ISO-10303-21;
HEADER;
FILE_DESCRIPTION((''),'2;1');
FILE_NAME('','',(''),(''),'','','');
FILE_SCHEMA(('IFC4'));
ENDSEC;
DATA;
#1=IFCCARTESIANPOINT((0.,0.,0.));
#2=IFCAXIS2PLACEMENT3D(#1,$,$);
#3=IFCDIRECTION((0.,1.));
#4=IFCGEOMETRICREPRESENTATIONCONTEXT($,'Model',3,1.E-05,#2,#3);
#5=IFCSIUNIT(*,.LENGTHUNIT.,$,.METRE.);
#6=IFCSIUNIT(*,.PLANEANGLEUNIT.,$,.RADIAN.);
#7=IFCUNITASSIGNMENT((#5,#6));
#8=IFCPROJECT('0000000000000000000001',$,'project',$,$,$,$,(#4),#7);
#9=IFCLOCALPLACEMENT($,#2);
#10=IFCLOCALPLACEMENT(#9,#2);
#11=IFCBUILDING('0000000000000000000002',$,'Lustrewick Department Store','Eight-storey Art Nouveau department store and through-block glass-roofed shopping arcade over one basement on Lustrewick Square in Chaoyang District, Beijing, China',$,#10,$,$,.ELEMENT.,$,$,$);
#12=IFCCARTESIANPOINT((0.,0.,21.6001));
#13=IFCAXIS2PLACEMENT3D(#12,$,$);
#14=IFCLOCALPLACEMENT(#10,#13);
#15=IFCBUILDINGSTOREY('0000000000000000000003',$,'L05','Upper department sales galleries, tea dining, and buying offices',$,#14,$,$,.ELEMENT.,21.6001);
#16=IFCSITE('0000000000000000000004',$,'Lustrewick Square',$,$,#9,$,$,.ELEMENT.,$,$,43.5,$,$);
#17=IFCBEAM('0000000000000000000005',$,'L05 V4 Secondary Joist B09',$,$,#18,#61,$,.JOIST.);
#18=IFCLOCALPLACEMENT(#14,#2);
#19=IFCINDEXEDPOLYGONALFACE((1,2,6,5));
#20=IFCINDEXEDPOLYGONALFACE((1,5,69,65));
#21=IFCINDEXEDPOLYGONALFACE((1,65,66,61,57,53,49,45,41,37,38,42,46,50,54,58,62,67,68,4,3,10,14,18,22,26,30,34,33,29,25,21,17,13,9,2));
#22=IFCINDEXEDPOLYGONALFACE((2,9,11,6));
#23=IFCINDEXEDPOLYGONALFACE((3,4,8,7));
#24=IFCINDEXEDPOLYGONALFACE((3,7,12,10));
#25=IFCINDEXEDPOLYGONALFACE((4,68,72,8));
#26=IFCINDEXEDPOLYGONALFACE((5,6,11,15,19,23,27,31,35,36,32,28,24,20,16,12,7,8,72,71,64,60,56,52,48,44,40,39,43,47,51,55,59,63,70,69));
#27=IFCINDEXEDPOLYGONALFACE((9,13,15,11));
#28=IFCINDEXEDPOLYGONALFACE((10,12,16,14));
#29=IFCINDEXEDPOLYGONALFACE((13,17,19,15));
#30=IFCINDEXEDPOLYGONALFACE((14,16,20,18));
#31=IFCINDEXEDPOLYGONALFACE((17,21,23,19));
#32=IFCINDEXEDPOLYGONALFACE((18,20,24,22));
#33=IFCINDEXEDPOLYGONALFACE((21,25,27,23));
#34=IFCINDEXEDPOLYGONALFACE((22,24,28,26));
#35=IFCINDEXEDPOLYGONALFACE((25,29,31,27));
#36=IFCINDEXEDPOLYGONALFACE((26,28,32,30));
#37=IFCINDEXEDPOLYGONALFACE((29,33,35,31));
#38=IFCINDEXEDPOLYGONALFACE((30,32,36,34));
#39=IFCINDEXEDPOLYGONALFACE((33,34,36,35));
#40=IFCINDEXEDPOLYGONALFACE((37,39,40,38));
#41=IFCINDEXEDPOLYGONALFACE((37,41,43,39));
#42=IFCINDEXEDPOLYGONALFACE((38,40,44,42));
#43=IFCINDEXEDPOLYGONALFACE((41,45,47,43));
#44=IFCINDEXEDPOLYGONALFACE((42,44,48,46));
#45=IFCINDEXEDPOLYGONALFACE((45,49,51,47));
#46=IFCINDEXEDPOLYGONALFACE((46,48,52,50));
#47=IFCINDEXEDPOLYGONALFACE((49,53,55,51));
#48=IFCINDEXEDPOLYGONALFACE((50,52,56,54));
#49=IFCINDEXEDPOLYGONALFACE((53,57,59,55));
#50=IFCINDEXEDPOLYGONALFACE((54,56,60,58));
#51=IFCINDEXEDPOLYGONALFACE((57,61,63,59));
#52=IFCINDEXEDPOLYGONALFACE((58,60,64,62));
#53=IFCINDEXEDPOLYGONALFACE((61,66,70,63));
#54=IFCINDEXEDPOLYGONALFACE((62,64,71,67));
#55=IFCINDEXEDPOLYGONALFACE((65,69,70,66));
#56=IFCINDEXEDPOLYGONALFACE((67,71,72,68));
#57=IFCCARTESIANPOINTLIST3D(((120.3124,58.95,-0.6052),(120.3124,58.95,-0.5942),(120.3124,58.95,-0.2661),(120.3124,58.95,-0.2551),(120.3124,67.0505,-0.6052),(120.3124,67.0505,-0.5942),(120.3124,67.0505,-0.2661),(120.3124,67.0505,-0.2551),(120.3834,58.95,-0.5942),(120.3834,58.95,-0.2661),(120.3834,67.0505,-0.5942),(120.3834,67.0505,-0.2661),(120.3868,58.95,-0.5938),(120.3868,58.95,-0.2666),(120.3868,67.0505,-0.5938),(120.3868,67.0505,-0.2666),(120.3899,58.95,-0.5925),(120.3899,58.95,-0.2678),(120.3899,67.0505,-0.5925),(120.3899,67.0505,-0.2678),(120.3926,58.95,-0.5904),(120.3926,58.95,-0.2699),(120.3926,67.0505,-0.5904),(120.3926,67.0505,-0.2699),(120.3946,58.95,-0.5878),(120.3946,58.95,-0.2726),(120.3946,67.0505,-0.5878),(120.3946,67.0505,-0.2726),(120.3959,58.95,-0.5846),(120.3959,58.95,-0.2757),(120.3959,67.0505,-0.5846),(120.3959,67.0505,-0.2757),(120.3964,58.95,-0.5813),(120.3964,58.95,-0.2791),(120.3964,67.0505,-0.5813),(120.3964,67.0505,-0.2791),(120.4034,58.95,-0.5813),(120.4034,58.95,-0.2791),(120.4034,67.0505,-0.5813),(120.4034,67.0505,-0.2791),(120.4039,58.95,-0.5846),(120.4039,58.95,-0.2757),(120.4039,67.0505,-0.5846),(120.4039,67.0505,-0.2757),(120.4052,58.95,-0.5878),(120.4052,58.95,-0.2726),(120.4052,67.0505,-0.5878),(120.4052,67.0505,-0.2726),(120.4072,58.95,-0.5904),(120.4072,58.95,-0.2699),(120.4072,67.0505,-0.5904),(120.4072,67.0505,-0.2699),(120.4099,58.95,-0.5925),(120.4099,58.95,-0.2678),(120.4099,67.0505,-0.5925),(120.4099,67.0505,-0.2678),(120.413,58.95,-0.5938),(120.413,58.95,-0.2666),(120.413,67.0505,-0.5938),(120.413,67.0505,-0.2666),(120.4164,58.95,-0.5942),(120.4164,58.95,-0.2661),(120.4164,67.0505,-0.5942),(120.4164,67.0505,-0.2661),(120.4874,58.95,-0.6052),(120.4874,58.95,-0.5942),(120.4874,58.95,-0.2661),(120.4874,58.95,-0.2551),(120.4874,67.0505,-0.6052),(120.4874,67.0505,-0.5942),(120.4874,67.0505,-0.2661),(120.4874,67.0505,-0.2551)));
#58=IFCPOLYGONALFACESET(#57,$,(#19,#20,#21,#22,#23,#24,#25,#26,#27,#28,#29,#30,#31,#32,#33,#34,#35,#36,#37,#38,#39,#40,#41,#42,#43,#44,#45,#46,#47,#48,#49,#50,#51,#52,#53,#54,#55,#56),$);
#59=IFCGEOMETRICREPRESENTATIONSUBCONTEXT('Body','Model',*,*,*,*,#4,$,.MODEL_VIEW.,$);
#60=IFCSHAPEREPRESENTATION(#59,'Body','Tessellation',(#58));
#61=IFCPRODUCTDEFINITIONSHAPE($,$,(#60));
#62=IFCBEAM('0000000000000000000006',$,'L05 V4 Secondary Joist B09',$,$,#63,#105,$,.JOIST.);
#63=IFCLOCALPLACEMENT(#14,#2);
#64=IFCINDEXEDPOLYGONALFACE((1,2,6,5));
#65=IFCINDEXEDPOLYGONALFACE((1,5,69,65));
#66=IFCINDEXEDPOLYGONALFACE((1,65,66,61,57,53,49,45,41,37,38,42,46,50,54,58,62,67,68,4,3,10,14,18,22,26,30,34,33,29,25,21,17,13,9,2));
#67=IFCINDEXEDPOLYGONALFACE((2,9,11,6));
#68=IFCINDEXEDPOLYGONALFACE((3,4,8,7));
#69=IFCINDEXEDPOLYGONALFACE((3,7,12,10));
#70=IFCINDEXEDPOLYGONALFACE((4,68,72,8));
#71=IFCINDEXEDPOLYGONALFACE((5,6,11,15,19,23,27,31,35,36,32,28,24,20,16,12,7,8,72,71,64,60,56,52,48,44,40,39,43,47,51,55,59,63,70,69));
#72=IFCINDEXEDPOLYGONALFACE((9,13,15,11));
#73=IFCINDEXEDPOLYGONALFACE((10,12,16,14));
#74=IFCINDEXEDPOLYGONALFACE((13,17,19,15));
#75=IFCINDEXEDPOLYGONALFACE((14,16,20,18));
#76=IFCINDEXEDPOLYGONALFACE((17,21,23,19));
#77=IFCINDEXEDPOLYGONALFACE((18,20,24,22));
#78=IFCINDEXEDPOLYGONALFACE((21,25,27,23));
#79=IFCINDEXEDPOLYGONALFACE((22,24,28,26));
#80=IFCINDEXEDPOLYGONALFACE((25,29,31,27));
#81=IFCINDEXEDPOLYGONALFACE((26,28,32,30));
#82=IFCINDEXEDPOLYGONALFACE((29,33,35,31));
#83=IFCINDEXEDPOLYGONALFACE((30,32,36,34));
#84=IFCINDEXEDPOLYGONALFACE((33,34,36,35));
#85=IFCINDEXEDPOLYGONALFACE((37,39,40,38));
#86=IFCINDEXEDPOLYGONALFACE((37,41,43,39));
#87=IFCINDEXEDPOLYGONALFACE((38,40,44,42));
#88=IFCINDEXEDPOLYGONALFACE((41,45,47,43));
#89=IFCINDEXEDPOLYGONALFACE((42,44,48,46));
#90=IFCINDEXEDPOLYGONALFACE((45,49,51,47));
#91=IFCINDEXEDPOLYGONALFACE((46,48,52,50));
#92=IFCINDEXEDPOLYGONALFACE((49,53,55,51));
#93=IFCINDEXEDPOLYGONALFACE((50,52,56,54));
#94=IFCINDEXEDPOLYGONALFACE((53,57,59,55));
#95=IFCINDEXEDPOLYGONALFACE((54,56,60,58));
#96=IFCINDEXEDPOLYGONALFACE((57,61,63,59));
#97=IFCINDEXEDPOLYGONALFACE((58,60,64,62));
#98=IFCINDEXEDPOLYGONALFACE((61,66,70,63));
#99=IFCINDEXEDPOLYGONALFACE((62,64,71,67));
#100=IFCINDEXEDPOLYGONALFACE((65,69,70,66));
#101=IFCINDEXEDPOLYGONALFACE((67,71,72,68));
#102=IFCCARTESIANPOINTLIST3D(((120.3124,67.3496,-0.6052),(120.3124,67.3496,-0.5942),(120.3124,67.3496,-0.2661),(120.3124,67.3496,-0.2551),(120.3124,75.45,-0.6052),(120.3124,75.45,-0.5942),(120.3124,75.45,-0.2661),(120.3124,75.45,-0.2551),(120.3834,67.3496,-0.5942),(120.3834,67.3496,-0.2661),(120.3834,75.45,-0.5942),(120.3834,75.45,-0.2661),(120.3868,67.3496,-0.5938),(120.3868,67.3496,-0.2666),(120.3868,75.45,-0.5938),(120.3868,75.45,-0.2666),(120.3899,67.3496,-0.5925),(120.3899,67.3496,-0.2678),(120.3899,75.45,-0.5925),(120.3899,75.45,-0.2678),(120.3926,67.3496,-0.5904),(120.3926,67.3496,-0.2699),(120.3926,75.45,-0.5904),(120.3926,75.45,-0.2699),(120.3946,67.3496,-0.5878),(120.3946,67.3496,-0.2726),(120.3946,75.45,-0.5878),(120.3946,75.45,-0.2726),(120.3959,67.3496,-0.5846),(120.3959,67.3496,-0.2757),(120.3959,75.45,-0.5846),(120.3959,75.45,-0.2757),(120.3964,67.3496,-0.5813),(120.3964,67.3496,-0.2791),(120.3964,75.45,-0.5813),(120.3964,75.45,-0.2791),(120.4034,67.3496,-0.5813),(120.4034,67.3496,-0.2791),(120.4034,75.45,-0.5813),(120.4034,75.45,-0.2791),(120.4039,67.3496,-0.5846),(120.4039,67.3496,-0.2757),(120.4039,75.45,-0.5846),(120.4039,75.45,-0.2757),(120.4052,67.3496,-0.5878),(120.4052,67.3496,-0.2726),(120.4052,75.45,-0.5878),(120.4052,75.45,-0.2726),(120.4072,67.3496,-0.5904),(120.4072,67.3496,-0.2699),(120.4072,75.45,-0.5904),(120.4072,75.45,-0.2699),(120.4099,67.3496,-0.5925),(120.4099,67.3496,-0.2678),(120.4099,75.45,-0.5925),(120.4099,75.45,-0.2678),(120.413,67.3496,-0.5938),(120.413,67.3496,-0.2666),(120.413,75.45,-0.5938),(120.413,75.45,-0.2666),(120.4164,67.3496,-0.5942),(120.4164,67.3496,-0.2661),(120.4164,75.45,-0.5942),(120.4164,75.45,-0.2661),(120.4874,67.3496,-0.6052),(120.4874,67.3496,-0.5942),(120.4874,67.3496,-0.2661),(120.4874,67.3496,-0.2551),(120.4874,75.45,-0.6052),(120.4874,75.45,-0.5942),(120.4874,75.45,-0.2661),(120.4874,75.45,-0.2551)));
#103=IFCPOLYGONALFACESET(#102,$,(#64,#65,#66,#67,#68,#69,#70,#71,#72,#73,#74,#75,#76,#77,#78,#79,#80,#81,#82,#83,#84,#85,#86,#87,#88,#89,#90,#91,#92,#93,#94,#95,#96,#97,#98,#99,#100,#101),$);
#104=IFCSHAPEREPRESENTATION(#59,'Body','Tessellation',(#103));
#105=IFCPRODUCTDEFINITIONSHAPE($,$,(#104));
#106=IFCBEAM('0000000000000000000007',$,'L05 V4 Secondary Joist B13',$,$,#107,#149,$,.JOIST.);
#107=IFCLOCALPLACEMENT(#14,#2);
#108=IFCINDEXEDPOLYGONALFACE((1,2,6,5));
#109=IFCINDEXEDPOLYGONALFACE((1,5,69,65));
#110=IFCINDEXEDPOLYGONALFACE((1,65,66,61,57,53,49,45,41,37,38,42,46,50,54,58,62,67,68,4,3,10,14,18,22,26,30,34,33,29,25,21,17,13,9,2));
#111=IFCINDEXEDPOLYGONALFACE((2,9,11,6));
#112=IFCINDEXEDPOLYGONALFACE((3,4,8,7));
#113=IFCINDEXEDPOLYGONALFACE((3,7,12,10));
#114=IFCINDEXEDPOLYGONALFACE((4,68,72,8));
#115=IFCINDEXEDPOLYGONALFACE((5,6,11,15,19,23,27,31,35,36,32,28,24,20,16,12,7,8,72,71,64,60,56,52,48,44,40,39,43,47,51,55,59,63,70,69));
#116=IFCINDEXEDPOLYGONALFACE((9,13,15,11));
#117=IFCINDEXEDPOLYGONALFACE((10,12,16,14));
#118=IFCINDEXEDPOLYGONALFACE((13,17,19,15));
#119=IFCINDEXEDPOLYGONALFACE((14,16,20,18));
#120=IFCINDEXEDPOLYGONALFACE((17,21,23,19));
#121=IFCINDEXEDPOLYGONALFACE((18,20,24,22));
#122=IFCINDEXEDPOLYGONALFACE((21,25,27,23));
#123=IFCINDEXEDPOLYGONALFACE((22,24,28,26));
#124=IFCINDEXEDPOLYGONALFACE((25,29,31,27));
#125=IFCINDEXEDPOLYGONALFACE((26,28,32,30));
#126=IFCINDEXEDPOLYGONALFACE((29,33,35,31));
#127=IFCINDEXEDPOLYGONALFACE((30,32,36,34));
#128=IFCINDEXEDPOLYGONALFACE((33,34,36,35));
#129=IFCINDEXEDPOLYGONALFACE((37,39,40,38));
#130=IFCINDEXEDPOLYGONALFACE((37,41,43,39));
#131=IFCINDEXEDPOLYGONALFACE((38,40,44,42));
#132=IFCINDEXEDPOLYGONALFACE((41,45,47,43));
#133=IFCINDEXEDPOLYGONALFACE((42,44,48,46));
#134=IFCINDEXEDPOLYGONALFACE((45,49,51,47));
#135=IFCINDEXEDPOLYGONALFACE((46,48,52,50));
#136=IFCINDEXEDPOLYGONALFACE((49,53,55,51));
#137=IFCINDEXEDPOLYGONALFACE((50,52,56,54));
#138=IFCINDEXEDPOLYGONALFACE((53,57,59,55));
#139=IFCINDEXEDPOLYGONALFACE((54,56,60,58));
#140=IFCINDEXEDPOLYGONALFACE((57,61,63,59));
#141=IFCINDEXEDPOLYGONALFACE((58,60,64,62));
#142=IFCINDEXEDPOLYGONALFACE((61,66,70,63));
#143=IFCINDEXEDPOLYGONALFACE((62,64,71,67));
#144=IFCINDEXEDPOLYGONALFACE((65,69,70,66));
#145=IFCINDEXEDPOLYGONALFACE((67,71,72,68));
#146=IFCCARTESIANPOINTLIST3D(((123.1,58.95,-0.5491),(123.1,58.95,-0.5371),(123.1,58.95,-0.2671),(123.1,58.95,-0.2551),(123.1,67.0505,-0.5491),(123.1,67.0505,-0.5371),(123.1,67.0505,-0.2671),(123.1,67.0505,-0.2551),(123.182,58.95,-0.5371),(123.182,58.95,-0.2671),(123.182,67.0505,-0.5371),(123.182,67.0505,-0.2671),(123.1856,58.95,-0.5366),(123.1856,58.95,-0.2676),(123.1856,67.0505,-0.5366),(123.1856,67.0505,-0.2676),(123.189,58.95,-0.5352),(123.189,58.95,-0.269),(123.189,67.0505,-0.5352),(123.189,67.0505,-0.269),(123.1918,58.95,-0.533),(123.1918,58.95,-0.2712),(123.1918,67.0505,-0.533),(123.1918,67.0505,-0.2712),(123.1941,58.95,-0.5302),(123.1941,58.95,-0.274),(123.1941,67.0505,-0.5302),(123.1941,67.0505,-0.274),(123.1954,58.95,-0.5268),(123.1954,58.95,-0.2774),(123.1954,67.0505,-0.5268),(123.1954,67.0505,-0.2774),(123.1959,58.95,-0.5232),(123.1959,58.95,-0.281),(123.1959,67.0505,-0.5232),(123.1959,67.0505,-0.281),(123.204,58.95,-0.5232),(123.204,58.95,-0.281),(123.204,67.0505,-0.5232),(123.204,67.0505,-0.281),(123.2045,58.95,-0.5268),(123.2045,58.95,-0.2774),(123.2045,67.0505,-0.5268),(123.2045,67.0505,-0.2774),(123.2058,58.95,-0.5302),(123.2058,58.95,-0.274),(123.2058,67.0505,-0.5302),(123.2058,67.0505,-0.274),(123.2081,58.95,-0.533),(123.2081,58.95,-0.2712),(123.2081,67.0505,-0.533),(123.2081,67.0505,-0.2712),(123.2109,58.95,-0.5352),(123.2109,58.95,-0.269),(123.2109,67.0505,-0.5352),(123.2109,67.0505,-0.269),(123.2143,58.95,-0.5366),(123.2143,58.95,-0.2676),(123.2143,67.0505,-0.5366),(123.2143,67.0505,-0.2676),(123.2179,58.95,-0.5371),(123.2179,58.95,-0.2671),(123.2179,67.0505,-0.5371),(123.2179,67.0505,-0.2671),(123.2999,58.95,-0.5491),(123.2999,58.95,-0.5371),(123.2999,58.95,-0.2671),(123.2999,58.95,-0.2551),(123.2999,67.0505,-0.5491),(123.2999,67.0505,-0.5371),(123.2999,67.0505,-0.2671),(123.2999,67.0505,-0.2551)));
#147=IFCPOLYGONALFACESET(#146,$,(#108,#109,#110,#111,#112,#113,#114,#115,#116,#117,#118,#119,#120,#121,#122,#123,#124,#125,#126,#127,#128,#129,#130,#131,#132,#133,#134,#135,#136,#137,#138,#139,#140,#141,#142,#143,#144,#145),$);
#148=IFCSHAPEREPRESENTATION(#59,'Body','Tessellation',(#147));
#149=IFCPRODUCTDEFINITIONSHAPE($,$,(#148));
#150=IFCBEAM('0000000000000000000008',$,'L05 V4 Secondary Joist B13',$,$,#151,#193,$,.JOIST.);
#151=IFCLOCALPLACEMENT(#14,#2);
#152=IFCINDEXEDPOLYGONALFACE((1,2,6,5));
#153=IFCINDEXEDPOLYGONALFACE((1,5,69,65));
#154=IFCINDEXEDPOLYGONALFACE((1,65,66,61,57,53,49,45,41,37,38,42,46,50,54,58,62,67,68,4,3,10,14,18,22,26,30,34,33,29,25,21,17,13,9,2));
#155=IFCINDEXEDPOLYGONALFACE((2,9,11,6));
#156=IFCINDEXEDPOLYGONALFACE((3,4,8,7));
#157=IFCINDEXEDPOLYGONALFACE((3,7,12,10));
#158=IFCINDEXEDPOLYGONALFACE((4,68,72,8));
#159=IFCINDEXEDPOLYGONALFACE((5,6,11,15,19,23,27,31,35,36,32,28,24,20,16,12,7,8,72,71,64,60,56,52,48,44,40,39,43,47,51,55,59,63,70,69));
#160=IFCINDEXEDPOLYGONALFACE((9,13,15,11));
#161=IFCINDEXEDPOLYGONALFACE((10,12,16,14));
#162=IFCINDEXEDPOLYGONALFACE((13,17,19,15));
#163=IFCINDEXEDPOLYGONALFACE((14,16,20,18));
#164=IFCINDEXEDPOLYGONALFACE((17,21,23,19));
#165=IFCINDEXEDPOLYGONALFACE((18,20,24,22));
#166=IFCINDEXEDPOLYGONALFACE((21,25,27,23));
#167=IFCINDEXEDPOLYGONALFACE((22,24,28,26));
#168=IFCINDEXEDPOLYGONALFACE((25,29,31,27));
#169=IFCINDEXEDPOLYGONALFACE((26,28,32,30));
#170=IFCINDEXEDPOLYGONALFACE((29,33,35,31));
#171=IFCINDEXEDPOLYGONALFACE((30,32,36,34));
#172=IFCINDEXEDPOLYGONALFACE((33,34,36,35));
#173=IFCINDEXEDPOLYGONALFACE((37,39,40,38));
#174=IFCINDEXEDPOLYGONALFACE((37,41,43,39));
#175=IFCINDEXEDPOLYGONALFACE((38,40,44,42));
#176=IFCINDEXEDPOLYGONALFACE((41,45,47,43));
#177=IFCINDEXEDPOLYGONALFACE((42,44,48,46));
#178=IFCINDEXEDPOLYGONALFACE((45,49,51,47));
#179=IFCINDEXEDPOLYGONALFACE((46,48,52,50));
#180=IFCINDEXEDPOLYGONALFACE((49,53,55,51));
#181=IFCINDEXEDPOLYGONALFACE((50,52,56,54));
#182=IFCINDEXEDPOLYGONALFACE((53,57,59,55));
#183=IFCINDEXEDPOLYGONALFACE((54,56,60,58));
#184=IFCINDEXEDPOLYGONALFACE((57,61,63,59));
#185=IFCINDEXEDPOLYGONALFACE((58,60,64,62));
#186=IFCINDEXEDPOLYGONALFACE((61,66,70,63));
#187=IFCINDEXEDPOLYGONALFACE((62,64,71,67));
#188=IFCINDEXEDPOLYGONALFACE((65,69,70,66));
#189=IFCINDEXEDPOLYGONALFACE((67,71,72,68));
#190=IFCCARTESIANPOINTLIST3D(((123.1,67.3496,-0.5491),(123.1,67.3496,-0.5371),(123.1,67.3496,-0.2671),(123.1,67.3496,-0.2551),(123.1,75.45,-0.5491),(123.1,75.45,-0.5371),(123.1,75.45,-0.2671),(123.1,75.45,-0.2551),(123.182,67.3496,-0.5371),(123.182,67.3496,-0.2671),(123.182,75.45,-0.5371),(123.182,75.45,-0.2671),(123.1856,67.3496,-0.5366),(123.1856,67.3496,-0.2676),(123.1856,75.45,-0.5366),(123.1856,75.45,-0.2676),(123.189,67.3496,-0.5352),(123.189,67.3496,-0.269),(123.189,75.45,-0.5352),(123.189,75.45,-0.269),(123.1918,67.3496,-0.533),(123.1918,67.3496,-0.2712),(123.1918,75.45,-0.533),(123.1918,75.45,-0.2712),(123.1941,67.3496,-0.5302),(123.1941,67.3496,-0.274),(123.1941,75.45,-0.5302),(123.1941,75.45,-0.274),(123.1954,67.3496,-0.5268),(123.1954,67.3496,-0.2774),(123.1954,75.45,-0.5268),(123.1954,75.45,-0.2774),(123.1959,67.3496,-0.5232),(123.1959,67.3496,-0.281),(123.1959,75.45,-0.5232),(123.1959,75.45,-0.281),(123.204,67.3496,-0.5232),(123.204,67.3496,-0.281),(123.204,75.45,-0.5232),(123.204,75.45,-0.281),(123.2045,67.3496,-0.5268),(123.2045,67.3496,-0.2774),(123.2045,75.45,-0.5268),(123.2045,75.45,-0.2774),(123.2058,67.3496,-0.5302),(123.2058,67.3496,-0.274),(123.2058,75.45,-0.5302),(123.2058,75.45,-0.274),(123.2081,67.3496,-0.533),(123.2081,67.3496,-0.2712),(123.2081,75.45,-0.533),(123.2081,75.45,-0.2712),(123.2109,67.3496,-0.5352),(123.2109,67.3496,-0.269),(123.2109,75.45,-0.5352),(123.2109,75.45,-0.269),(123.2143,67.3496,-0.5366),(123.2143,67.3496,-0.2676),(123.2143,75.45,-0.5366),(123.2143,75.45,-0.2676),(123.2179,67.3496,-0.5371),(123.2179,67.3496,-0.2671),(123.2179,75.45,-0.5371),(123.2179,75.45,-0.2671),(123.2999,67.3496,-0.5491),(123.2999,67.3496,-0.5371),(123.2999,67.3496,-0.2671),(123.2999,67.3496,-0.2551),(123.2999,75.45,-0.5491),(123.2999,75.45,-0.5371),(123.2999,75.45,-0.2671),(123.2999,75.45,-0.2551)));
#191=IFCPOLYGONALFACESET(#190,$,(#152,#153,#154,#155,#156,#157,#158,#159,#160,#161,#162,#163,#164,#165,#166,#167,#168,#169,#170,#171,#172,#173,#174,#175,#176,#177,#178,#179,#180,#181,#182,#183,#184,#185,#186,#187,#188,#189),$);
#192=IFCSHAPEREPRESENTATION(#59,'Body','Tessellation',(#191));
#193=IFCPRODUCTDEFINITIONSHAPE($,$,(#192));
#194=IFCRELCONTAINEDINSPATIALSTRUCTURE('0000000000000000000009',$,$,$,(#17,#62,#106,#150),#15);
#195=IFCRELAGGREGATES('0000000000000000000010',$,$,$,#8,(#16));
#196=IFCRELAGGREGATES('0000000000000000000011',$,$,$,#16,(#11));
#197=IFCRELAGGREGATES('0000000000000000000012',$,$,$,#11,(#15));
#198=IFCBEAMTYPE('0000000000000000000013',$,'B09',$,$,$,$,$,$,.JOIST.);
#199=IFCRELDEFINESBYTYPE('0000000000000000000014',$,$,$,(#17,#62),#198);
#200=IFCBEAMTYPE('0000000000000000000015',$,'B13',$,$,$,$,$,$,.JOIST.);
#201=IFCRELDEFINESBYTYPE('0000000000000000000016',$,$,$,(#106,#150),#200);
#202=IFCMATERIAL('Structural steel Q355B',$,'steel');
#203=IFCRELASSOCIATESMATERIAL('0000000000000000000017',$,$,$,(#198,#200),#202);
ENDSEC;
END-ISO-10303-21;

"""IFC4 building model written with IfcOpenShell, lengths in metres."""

from ifc_helpers import new_model, si_unit, direction, frame, origin, origin_2d, place, context, subcontext, project, spatial, i_section, extrude, material, material_profile, profile_set, type_object, element, save


model = new_model("IFC4")

# Units and contexts
model_context = context("Model", 3, precision=1e-05, world=origin(), true_north=direction((0.0, 1.0)))
body_context = subcontext(model_context, "Body", "Model", "MODEL_VIEW")
ifc_project = project(units=[si_unit("LENGTHUNIT", "METRE"), si_unit("PLANEANGLEUNIT", "RADIAN")], contexts=[model_context])

# Site, building, storey
site_placement = place(None, origin())
site = spatial("IfcSite", under=ifc_project, at=site_placement, Name="Lustrewick Square", CompositionType="ELEMENT", RefElevation=43.5)
building_placement = place(site_placement, origin())
building = spatial("IfcBuilding", under=site, at=building_placement, Name="Lustrewick Department Store", Description="Eight-storey Art Nouveau department store and through-block glass-roofed shopping arcade over one basement on Lustrewick Square in Chaoyang District, Beijing, China", CompositionType="ELEMENT")
storey_placement = place(building_placement, frame((0.0, 0.0, 21.6001)))
storey = spatial("IfcBuildingStorey", under=building, at=storey_placement, Name="L05", Description="Upper department sales galleries, tea dining, and buying offices", CompositionType="ELEMENT", Elevation=21.6001)

# Shared definitions
ifc_material_1 = material(Name="Structural steel Q355B", Category="steel")

# Beams
ifc_material_profile_1 = material_profile(ifc_material_1, i_section(OverallWidth=0.175, OverallDepth=0.3501, WebThickness=0.0071, FlangeThickness=0.011, FilletRadius=0.0129, at=origin_2d()), Name="HN 350x175x7x11")
ifc_profile_set_1 = profile_set([ifc_material_profile_1], Name="Structural steel Q355B")
beam_type_1 = type_object("IfcBeamType", Name="B09", PredefinedType="JOIST", material=ifc_profile_set_1)
beam_1_placement = place(storey_placement, frame((120.3999, 58.95, -0.4302), z_axis=(0.0, 1.0, 0.0), x_axis=(-1.0, 0.0, 0.0)))
element("IfcBeam", 1, at=beam_1_placement, inside=storey, type_object=beam_type_1, Name="L05 V4 Secondary Joist B09", PredefinedType="JOIST", context=body_context, shape_type="SweptSolid", body=[
    extrude(i_section(OverallWidth=0.175, OverallDepth=0.3501, WebThickness=0.0071, FlangeThickness=0.011, FilletRadius=0.0129, at=origin_2d()), origin(), (0.0, 0.0, 1.0), 8.1006),
])
beam_2_placement = place(storey_placement, frame((120.3999, 67.3496, -0.4302), z_axis=(0.0, 1.0, 0.0), x_axis=(-1.0, 0.0, 0.0)))
element("IfcBeam", 2, at=beam_2_placement, inside=storey, type_object=beam_type_1, Name="L05 V4 Secondary Joist B09", PredefinedType="JOIST", context=body_context, shape_type="SweptSolid", body=[
    extrude(i_section(OverallWidth=0.175, OverallDepth=0.3501, WebThickness=0.0071, FlangeThickness=0.011, FilletRadius=0.0129, at=origin_2d()), origin(), (0.0, 0.0, 1.0), 8.1003),
])
ifc_material_profile_2 = material_profile(ifc_material_1, i_section(OverallWidth=0.2, OverallDepth=0.2939, WebThickness=0.0081, FlangeThickness=0.012, FilletRadius=0.0139, at=origin_2d()), Name="HM 294x200x8x12")
ifc_profile_set_2 = profile_set([ifc_material_profile_2], Name="Structural steel Q355B")
beam_type_2 = type_object("IfcBeamType", Name="B13", PredefinedType="JOIST", material=ifc_profile_set_2)
beam_3_placement = place(storey_placement, frame((123.2, 58.95, -0.4021), z_axis=(0.0, 1.0, 0.0), x_axis=(-1.0, 0.0, 0.0)))
element("IfcBeam", 3, at=beam_3_placement, inside=storey, type_object=beam_type_2, Name="L05 V4 Secondary Joist B13", PredefinedType="JOIST", context=body_context, shape_type="SweptSolid", body=[
    extrude(i_section(OverallWidth=0.2, OverallDepth=0.2939, WebThickness=0.0081, FlangeThickness=0.012, FilletRadius=0.0139, at=origin_2d()), origin(), (0.0, 0.0, 1.0), 8.1006),
])
beam_4_placement = place(storey_placement, frame((123.2, 67.3496, -0.4021), z_axis=(0.0, 1.0, 0.0), x_axis=(-1.0, 0.0, 0.0)))
element("IfcBeam", 4, at=beam_4_placement, inside=storey, type_object=beam_type_2, Name="L05 V4 Secondary Joist B13", PredefinedType="JOIST", context=body_context, shape_type="SweptSolid", body=[
    extrude(i_section(OverallWidth=0.2, OverallDepth=0.2939, WebThickness=0.0081, FlangeThickness=0.012, FilletRadius=0.0139, at=origin_2d()), origin(), (0.0, 0.0, 1.0), 8.1003),
])

save(model, "model.ifc")
